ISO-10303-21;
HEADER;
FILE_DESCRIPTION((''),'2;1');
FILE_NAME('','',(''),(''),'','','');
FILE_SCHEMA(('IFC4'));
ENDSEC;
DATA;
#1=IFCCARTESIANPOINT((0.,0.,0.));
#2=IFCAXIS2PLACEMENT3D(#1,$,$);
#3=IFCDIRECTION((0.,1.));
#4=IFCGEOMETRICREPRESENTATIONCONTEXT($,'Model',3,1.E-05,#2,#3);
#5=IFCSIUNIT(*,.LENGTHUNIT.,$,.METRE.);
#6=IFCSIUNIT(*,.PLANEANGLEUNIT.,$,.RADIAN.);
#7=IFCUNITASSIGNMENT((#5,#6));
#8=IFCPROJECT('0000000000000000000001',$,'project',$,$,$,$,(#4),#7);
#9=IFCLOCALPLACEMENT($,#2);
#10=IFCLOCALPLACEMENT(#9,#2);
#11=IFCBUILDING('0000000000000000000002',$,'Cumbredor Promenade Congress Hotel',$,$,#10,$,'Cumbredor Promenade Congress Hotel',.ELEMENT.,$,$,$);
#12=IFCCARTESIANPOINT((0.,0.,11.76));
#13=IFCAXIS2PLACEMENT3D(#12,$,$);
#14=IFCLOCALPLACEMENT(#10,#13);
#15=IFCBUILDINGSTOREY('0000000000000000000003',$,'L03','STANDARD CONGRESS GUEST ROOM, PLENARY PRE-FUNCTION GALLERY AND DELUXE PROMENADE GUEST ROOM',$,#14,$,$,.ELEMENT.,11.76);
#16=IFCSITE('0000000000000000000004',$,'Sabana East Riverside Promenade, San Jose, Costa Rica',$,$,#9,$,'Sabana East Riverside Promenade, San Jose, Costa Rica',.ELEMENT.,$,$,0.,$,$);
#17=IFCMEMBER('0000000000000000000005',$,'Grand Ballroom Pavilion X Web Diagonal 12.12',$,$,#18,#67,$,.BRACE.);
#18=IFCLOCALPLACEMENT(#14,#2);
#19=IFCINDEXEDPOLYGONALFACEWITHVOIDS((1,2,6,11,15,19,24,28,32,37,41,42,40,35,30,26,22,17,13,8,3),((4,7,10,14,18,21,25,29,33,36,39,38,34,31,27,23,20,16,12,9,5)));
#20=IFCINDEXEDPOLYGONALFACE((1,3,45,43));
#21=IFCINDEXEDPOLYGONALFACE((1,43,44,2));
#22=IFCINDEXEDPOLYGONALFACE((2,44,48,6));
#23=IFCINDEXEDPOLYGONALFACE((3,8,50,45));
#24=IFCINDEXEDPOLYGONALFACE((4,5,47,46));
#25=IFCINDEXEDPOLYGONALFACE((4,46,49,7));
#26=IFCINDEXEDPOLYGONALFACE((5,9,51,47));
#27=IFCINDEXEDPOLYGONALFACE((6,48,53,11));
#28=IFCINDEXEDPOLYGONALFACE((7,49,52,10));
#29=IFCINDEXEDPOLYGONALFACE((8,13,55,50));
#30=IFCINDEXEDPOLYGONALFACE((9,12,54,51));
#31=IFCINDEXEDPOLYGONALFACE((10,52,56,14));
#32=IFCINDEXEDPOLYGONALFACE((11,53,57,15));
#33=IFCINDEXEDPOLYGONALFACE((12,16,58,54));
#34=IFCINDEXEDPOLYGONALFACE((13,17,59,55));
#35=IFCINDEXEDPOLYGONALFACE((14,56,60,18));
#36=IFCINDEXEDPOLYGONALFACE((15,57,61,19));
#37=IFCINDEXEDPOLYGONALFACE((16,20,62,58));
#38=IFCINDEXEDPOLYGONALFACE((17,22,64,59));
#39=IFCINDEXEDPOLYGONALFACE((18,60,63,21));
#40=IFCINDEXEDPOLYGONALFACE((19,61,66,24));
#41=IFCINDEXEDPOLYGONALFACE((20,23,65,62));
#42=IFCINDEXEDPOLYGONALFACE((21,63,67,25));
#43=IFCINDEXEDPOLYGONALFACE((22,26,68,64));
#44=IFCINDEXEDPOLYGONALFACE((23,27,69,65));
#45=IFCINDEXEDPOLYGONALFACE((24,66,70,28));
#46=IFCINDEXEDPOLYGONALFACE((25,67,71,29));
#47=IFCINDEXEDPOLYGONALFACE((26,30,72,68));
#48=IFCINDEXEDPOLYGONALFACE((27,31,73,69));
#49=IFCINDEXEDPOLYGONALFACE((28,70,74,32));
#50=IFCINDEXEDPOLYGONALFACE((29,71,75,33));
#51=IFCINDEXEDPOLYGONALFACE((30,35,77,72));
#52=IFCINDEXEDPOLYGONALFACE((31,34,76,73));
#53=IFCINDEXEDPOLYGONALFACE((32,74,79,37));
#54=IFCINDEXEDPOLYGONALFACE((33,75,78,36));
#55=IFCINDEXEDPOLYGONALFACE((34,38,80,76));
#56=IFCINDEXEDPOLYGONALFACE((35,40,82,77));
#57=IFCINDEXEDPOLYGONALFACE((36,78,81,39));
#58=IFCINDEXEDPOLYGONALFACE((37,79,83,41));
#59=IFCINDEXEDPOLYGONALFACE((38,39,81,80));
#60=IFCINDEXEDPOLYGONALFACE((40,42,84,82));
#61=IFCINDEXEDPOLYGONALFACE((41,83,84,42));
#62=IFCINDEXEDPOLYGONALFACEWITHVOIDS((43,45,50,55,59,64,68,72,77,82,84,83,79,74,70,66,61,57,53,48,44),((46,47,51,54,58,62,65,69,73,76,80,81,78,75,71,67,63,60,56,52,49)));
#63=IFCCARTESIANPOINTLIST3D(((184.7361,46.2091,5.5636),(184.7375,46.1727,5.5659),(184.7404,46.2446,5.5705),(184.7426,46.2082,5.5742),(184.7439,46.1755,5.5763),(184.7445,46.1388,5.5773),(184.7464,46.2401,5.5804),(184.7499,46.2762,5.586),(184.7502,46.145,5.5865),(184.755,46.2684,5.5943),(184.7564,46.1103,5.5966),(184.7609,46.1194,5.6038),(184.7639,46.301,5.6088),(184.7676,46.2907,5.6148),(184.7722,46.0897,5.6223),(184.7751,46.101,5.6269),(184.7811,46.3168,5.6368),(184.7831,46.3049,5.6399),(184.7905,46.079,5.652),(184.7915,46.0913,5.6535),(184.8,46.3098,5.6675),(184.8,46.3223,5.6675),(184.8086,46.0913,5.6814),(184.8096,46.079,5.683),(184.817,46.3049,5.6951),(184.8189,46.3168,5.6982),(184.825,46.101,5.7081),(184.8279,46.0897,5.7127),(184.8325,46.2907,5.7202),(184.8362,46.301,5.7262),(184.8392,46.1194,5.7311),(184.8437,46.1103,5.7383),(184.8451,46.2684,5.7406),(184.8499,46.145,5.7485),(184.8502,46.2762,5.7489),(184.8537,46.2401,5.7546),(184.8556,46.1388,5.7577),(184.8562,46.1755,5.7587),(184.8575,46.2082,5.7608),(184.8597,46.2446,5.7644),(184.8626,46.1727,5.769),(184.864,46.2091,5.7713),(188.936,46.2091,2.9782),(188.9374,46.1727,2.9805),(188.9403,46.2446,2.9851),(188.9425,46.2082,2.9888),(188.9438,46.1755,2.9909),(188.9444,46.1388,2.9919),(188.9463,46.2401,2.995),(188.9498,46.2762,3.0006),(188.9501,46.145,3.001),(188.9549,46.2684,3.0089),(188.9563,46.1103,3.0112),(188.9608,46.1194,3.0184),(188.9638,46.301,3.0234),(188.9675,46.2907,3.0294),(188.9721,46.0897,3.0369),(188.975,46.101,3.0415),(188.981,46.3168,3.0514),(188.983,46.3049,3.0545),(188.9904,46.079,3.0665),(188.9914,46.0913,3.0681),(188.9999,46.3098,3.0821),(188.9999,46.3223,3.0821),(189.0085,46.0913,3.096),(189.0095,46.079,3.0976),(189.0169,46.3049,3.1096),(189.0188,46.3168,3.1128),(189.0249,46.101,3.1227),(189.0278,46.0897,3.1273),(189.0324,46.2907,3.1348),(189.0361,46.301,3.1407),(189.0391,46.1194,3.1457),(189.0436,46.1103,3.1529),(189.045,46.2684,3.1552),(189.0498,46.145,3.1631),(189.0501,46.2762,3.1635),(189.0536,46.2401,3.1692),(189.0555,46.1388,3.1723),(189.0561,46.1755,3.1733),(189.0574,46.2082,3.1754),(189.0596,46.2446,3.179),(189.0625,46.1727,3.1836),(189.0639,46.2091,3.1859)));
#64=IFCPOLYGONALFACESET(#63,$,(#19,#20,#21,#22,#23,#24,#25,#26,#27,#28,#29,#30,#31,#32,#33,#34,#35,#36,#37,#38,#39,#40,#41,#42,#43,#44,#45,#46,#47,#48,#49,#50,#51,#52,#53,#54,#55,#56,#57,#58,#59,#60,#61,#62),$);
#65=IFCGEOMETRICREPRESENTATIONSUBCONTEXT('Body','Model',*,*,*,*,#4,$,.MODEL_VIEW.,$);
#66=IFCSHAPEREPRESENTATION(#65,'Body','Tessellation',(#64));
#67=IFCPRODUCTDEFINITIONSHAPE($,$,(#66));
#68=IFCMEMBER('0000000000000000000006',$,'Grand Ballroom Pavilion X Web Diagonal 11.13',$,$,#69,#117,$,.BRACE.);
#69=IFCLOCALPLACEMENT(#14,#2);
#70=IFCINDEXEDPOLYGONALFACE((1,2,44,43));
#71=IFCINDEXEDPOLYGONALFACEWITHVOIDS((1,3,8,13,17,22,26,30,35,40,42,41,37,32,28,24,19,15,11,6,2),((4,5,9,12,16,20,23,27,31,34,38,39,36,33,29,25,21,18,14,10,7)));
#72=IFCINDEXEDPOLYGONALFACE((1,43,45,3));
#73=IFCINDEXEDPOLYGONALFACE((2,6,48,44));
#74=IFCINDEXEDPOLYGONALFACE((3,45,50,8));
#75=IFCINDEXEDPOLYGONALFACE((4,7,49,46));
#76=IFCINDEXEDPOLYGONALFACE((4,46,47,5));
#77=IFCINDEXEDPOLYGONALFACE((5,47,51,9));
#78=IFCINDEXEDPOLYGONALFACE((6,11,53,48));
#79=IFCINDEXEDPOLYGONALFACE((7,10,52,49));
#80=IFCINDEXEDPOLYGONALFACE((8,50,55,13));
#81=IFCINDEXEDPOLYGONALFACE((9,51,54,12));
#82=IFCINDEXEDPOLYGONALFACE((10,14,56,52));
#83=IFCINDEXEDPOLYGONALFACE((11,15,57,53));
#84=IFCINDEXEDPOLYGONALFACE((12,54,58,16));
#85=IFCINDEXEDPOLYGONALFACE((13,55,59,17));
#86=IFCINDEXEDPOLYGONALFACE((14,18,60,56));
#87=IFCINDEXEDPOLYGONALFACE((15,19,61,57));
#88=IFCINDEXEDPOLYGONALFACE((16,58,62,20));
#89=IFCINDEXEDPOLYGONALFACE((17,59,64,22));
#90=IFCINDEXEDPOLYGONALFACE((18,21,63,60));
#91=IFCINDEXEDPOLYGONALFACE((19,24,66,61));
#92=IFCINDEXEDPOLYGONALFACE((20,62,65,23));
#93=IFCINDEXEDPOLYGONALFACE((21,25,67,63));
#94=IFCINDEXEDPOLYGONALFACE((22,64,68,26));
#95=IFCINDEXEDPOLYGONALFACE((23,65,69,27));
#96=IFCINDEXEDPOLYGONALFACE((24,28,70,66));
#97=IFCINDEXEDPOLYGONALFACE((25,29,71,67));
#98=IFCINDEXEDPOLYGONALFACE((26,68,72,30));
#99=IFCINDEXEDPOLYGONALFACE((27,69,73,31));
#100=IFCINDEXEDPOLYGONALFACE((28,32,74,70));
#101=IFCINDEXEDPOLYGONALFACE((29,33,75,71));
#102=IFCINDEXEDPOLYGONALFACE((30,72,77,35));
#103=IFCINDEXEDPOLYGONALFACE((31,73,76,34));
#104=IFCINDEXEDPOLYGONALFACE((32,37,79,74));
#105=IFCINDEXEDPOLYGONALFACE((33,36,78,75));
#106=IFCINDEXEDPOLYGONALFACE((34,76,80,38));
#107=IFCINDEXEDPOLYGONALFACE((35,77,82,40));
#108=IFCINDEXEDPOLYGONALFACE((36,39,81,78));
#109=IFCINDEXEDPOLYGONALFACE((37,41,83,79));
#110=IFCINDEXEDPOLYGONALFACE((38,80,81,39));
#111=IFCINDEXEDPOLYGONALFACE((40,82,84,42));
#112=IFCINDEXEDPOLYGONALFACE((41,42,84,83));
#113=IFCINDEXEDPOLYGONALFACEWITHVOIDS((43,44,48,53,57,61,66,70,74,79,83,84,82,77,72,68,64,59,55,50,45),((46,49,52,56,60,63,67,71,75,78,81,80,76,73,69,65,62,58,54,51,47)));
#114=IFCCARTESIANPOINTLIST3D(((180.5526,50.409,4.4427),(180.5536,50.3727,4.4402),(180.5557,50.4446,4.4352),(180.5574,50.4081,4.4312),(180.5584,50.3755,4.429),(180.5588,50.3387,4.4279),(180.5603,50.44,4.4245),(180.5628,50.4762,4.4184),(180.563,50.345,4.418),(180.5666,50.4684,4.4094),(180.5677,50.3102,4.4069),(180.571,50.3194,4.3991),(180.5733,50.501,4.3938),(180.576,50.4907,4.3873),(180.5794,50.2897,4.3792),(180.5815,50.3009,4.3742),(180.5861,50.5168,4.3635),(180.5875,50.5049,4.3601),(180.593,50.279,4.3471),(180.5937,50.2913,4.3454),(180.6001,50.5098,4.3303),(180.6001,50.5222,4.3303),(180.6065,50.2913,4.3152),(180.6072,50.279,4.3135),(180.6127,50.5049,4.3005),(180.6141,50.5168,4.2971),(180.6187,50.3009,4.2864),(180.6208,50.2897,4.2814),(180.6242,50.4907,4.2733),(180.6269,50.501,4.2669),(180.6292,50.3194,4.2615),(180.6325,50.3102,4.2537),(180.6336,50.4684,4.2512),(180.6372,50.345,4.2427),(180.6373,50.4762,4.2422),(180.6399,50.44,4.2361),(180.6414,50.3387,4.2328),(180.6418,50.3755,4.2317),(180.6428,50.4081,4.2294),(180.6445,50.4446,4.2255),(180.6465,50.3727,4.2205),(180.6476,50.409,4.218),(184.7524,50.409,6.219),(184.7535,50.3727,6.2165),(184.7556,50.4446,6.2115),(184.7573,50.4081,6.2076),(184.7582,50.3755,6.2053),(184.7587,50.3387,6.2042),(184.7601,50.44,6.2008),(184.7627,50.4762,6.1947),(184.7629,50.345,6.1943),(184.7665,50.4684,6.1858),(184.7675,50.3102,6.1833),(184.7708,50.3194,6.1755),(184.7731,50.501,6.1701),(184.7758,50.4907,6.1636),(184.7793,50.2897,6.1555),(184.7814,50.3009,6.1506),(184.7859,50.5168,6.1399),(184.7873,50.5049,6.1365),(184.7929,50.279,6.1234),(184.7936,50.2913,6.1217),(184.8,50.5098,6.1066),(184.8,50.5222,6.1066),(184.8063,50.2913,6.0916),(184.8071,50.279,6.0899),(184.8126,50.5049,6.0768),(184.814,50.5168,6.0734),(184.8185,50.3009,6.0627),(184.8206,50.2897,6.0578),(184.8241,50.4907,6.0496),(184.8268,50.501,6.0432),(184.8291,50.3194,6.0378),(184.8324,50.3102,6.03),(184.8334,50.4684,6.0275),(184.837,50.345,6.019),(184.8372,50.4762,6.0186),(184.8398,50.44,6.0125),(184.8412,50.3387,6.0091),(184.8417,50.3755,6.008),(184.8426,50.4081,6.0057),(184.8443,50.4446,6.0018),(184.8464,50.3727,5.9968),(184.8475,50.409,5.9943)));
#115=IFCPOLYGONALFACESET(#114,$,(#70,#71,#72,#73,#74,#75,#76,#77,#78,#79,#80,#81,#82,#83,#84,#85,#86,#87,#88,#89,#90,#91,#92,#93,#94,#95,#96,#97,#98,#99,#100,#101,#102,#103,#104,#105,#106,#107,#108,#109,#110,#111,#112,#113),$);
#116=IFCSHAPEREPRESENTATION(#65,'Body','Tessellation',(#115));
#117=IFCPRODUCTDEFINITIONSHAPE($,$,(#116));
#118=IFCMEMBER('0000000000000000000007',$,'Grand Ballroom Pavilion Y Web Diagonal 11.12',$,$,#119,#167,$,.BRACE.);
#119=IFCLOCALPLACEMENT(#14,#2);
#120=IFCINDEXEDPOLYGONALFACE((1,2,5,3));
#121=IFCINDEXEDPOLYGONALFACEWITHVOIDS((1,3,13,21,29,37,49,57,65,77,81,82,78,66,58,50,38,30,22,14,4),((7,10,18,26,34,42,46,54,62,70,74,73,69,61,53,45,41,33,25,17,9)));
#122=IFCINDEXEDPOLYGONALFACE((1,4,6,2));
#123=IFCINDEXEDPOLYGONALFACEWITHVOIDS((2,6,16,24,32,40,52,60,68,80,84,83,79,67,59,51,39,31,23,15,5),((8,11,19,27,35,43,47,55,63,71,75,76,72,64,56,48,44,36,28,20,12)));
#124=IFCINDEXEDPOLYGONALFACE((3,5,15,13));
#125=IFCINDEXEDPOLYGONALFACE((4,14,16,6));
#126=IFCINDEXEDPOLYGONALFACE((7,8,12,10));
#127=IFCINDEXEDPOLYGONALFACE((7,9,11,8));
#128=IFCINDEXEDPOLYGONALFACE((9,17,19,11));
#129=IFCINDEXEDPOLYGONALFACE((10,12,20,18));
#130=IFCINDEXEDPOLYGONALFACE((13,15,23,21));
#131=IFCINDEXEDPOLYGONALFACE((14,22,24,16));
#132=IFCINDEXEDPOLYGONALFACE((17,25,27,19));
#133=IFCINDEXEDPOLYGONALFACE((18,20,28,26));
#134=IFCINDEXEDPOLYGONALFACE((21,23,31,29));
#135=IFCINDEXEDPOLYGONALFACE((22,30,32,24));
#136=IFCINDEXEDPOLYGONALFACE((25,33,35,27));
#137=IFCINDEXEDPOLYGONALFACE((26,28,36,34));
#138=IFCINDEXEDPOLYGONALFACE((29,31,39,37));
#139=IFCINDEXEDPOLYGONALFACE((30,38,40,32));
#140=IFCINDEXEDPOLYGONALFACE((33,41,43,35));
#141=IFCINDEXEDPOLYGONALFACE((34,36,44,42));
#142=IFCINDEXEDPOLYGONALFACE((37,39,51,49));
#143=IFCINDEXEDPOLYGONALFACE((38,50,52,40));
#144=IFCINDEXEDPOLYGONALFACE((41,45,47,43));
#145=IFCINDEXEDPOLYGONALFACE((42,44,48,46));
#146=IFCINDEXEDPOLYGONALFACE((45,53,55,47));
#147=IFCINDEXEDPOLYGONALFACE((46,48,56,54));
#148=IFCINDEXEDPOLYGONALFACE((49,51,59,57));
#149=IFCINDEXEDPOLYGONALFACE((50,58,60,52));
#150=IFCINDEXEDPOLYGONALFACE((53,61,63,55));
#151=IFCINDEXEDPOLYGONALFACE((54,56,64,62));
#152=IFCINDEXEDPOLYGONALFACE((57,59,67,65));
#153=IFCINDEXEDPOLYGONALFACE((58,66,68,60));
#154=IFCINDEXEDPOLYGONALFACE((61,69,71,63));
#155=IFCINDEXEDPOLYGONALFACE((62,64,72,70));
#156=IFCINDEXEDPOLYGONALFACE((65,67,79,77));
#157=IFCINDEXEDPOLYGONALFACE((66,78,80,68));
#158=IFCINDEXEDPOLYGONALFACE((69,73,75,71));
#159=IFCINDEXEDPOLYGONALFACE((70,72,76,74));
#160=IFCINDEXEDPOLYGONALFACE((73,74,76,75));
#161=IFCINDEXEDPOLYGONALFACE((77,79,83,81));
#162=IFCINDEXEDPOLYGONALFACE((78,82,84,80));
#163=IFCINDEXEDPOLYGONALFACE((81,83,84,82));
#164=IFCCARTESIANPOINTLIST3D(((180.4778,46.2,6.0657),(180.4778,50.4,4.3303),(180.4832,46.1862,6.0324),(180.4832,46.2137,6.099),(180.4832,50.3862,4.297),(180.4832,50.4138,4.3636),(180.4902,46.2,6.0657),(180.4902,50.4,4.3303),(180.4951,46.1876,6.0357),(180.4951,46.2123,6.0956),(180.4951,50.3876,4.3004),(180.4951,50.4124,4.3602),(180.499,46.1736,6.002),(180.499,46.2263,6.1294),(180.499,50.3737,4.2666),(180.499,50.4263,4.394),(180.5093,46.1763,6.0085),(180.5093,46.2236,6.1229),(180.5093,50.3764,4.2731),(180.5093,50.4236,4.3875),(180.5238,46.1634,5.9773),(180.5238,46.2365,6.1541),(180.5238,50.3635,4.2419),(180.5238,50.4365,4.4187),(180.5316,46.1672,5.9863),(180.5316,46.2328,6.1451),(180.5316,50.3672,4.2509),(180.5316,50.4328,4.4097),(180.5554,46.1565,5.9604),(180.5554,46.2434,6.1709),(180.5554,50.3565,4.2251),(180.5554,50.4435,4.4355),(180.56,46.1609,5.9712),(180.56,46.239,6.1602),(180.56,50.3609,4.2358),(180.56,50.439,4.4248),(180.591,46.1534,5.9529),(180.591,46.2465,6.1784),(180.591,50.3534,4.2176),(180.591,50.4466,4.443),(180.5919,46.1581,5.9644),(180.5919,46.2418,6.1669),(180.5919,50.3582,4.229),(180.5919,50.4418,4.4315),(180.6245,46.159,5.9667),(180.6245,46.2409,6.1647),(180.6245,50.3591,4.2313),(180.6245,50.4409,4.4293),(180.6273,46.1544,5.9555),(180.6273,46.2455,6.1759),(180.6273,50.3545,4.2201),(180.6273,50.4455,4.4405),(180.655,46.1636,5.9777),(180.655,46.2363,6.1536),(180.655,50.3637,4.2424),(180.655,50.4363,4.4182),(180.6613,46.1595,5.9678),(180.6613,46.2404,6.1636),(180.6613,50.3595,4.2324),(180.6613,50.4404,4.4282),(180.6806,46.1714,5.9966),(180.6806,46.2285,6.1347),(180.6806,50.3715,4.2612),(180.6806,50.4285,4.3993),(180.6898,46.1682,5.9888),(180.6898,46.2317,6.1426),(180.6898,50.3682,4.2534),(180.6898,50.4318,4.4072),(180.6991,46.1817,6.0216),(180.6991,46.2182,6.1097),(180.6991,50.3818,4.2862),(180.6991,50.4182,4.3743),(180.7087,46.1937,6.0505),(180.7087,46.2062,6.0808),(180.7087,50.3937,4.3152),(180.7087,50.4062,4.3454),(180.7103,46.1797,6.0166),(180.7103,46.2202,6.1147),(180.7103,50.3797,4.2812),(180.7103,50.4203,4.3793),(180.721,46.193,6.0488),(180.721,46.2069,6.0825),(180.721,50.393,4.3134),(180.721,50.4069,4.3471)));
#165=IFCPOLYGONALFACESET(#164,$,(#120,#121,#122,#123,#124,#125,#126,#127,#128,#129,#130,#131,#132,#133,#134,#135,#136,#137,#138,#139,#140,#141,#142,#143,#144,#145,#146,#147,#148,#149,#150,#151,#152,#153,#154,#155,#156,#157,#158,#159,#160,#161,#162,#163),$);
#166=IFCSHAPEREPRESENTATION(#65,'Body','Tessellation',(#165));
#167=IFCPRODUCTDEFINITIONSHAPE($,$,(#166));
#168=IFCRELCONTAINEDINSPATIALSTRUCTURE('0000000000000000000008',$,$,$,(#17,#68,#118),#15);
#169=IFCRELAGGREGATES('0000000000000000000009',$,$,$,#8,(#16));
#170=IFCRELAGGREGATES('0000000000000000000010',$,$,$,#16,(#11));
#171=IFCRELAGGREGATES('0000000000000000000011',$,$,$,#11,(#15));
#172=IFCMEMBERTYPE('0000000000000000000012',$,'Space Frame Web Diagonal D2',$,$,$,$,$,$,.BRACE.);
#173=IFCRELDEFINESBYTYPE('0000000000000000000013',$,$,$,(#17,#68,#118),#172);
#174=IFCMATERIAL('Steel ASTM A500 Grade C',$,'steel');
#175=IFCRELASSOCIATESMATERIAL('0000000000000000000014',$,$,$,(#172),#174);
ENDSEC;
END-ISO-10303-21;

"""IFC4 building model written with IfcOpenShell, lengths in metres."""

from ifc_helpers import new_model, si_unit, direction, frame, origin, origin_2d, place, context, subcontext, project, spatial, hollow_circle, extrude, material, material_profile, profile_set, type_object, element, save


model = new_model("IFC4")

# Units and contexts
model_context = context("Model", 3, precision=1e-05, world=origin(), true_north=direction((0.0, 1.0)))
body_context = subcontext(model_context, "Body", "Model", "MODEL_VIEW")
ifc_project = project(units=[si_unit("LENGTHUNIT", "METRE"), si_unit("PLANEANGLEUNIT", "RADIAN")], contexts=[model_context])

# Site, building, storey
site_placement = place(None, origin())
site = spatial("IfcSite", under=ifc_project, at=site_placement, Name="Sabana East Riverside Promenade, San Jose, Costa Rica", LongName="Sabana East Riverside Promenade, San Jose, Costa Rica", CompositionType="ELEMENT", RefElevation=0.0)
building_placement = place(site_placement, origin())
building = spatial("IfcBuilding", under=site, at=building_placement, Name="Cumbredor Promenade Congress Hotel", LongName="Cumbredor Promenade Congress Hotel", CompositionType="ELEMENT")
storey_placement = place(building_placement, frame((0.0, 0.0, 11.76)))
storey = spatial("IfcBuildingStorey", under=building, at=storey_placement, Name="L03", Description="STANDARD CONGRESS GUEST ROOM, PLENARY PRE-FUNCTION GALLERY AND DELUXE PROMENADE GUEST ROOM", CompositionType="ELEMENT", Elevation=11.76)

# Shared definitions
ifc_material_1 = material(Name="Steel ASTM A500 Grade C", Category="steel")

# Members
ifc_material_profile_1 = material_profile(ifc_material_1, hollow_circle(Radius=0.1223, WallThickness=0.0125, at=origin_2d()), Name="CHS 244.5x12.5")
ifc_profile_set_1 = profile_set([ifc_material_profile_1], Name="Steel ASTM A500 Grade C")
member_type_1 = type_object("IfcMemberType", Name="Space Frame Web Diagonal D2", PredefinedType="BRACE", material=ifc_profile_set_1)
member_1_placement = place(storey_placement, frame((184.8, 46.2, 5.6675), z_axis=(0.85158, 0.0, -0.524224), x_axis=(0.0, 1.0, 0.0)))
element("IfcMember", 1, at=member_1_placement, inside=storey, type_object=member_type_1, Name="Grand Ballroom Pavilion X Web Diagonal 12.12", PredefinedType="BRACE", context=body_context, shape_type="SweptSolid", body=[
    extrude(hollow_circle(Radius=0.1223, WallThickness=0.0125, at=origin_2d()), origin(), (0.0, 0.0, 1.0), 4.9319),
])
member_2_placement = place(storey_placement, frame((180.6001, 50.3999, 4.3303), z_axis=(0.921009, 0.0, 0.38954), x_axis=(0.0, 1.0, 0.0)))
element("IfcMember", 2, at=member_2_placement, inside=storey, type_object=member_type_1, Name="Grand Ballroom Pavilion X Web Diagonal 11.13", PredefinedType="BRACE", context=body_context, shape_type="SweptSolid", body=[
    extrude(hollow_circle(Radius=0.1223, WallThickness=0.0125, at=origin_2d()), origin(), (0.0, 0.0, 1.0), 4.5601),
])
member_3_placement = place(storey_placement, frame((180.6001, 46.2, 6.0657), z_axis=(0.0, 0.924216, -0.381871), x_axis=(-1.0, 0.0, 0.0)))
element("IfcMember", 3, at=member_3_placement, inside=storey, type_object=member_type_1, Name="Grand Ballroom Pavilion Y Web Diagonal 11.12", PredefinedType="BRACE", context=body_context, shape_type="SweptSolid", body=[
    extrude(hollow_circle(Radius=0.1223, WallThickness=0.0125, at=origin_2d()), origin(), (0.0, 0.0, 1.0), 4.5444),
])

save(model, "model.ifc")
